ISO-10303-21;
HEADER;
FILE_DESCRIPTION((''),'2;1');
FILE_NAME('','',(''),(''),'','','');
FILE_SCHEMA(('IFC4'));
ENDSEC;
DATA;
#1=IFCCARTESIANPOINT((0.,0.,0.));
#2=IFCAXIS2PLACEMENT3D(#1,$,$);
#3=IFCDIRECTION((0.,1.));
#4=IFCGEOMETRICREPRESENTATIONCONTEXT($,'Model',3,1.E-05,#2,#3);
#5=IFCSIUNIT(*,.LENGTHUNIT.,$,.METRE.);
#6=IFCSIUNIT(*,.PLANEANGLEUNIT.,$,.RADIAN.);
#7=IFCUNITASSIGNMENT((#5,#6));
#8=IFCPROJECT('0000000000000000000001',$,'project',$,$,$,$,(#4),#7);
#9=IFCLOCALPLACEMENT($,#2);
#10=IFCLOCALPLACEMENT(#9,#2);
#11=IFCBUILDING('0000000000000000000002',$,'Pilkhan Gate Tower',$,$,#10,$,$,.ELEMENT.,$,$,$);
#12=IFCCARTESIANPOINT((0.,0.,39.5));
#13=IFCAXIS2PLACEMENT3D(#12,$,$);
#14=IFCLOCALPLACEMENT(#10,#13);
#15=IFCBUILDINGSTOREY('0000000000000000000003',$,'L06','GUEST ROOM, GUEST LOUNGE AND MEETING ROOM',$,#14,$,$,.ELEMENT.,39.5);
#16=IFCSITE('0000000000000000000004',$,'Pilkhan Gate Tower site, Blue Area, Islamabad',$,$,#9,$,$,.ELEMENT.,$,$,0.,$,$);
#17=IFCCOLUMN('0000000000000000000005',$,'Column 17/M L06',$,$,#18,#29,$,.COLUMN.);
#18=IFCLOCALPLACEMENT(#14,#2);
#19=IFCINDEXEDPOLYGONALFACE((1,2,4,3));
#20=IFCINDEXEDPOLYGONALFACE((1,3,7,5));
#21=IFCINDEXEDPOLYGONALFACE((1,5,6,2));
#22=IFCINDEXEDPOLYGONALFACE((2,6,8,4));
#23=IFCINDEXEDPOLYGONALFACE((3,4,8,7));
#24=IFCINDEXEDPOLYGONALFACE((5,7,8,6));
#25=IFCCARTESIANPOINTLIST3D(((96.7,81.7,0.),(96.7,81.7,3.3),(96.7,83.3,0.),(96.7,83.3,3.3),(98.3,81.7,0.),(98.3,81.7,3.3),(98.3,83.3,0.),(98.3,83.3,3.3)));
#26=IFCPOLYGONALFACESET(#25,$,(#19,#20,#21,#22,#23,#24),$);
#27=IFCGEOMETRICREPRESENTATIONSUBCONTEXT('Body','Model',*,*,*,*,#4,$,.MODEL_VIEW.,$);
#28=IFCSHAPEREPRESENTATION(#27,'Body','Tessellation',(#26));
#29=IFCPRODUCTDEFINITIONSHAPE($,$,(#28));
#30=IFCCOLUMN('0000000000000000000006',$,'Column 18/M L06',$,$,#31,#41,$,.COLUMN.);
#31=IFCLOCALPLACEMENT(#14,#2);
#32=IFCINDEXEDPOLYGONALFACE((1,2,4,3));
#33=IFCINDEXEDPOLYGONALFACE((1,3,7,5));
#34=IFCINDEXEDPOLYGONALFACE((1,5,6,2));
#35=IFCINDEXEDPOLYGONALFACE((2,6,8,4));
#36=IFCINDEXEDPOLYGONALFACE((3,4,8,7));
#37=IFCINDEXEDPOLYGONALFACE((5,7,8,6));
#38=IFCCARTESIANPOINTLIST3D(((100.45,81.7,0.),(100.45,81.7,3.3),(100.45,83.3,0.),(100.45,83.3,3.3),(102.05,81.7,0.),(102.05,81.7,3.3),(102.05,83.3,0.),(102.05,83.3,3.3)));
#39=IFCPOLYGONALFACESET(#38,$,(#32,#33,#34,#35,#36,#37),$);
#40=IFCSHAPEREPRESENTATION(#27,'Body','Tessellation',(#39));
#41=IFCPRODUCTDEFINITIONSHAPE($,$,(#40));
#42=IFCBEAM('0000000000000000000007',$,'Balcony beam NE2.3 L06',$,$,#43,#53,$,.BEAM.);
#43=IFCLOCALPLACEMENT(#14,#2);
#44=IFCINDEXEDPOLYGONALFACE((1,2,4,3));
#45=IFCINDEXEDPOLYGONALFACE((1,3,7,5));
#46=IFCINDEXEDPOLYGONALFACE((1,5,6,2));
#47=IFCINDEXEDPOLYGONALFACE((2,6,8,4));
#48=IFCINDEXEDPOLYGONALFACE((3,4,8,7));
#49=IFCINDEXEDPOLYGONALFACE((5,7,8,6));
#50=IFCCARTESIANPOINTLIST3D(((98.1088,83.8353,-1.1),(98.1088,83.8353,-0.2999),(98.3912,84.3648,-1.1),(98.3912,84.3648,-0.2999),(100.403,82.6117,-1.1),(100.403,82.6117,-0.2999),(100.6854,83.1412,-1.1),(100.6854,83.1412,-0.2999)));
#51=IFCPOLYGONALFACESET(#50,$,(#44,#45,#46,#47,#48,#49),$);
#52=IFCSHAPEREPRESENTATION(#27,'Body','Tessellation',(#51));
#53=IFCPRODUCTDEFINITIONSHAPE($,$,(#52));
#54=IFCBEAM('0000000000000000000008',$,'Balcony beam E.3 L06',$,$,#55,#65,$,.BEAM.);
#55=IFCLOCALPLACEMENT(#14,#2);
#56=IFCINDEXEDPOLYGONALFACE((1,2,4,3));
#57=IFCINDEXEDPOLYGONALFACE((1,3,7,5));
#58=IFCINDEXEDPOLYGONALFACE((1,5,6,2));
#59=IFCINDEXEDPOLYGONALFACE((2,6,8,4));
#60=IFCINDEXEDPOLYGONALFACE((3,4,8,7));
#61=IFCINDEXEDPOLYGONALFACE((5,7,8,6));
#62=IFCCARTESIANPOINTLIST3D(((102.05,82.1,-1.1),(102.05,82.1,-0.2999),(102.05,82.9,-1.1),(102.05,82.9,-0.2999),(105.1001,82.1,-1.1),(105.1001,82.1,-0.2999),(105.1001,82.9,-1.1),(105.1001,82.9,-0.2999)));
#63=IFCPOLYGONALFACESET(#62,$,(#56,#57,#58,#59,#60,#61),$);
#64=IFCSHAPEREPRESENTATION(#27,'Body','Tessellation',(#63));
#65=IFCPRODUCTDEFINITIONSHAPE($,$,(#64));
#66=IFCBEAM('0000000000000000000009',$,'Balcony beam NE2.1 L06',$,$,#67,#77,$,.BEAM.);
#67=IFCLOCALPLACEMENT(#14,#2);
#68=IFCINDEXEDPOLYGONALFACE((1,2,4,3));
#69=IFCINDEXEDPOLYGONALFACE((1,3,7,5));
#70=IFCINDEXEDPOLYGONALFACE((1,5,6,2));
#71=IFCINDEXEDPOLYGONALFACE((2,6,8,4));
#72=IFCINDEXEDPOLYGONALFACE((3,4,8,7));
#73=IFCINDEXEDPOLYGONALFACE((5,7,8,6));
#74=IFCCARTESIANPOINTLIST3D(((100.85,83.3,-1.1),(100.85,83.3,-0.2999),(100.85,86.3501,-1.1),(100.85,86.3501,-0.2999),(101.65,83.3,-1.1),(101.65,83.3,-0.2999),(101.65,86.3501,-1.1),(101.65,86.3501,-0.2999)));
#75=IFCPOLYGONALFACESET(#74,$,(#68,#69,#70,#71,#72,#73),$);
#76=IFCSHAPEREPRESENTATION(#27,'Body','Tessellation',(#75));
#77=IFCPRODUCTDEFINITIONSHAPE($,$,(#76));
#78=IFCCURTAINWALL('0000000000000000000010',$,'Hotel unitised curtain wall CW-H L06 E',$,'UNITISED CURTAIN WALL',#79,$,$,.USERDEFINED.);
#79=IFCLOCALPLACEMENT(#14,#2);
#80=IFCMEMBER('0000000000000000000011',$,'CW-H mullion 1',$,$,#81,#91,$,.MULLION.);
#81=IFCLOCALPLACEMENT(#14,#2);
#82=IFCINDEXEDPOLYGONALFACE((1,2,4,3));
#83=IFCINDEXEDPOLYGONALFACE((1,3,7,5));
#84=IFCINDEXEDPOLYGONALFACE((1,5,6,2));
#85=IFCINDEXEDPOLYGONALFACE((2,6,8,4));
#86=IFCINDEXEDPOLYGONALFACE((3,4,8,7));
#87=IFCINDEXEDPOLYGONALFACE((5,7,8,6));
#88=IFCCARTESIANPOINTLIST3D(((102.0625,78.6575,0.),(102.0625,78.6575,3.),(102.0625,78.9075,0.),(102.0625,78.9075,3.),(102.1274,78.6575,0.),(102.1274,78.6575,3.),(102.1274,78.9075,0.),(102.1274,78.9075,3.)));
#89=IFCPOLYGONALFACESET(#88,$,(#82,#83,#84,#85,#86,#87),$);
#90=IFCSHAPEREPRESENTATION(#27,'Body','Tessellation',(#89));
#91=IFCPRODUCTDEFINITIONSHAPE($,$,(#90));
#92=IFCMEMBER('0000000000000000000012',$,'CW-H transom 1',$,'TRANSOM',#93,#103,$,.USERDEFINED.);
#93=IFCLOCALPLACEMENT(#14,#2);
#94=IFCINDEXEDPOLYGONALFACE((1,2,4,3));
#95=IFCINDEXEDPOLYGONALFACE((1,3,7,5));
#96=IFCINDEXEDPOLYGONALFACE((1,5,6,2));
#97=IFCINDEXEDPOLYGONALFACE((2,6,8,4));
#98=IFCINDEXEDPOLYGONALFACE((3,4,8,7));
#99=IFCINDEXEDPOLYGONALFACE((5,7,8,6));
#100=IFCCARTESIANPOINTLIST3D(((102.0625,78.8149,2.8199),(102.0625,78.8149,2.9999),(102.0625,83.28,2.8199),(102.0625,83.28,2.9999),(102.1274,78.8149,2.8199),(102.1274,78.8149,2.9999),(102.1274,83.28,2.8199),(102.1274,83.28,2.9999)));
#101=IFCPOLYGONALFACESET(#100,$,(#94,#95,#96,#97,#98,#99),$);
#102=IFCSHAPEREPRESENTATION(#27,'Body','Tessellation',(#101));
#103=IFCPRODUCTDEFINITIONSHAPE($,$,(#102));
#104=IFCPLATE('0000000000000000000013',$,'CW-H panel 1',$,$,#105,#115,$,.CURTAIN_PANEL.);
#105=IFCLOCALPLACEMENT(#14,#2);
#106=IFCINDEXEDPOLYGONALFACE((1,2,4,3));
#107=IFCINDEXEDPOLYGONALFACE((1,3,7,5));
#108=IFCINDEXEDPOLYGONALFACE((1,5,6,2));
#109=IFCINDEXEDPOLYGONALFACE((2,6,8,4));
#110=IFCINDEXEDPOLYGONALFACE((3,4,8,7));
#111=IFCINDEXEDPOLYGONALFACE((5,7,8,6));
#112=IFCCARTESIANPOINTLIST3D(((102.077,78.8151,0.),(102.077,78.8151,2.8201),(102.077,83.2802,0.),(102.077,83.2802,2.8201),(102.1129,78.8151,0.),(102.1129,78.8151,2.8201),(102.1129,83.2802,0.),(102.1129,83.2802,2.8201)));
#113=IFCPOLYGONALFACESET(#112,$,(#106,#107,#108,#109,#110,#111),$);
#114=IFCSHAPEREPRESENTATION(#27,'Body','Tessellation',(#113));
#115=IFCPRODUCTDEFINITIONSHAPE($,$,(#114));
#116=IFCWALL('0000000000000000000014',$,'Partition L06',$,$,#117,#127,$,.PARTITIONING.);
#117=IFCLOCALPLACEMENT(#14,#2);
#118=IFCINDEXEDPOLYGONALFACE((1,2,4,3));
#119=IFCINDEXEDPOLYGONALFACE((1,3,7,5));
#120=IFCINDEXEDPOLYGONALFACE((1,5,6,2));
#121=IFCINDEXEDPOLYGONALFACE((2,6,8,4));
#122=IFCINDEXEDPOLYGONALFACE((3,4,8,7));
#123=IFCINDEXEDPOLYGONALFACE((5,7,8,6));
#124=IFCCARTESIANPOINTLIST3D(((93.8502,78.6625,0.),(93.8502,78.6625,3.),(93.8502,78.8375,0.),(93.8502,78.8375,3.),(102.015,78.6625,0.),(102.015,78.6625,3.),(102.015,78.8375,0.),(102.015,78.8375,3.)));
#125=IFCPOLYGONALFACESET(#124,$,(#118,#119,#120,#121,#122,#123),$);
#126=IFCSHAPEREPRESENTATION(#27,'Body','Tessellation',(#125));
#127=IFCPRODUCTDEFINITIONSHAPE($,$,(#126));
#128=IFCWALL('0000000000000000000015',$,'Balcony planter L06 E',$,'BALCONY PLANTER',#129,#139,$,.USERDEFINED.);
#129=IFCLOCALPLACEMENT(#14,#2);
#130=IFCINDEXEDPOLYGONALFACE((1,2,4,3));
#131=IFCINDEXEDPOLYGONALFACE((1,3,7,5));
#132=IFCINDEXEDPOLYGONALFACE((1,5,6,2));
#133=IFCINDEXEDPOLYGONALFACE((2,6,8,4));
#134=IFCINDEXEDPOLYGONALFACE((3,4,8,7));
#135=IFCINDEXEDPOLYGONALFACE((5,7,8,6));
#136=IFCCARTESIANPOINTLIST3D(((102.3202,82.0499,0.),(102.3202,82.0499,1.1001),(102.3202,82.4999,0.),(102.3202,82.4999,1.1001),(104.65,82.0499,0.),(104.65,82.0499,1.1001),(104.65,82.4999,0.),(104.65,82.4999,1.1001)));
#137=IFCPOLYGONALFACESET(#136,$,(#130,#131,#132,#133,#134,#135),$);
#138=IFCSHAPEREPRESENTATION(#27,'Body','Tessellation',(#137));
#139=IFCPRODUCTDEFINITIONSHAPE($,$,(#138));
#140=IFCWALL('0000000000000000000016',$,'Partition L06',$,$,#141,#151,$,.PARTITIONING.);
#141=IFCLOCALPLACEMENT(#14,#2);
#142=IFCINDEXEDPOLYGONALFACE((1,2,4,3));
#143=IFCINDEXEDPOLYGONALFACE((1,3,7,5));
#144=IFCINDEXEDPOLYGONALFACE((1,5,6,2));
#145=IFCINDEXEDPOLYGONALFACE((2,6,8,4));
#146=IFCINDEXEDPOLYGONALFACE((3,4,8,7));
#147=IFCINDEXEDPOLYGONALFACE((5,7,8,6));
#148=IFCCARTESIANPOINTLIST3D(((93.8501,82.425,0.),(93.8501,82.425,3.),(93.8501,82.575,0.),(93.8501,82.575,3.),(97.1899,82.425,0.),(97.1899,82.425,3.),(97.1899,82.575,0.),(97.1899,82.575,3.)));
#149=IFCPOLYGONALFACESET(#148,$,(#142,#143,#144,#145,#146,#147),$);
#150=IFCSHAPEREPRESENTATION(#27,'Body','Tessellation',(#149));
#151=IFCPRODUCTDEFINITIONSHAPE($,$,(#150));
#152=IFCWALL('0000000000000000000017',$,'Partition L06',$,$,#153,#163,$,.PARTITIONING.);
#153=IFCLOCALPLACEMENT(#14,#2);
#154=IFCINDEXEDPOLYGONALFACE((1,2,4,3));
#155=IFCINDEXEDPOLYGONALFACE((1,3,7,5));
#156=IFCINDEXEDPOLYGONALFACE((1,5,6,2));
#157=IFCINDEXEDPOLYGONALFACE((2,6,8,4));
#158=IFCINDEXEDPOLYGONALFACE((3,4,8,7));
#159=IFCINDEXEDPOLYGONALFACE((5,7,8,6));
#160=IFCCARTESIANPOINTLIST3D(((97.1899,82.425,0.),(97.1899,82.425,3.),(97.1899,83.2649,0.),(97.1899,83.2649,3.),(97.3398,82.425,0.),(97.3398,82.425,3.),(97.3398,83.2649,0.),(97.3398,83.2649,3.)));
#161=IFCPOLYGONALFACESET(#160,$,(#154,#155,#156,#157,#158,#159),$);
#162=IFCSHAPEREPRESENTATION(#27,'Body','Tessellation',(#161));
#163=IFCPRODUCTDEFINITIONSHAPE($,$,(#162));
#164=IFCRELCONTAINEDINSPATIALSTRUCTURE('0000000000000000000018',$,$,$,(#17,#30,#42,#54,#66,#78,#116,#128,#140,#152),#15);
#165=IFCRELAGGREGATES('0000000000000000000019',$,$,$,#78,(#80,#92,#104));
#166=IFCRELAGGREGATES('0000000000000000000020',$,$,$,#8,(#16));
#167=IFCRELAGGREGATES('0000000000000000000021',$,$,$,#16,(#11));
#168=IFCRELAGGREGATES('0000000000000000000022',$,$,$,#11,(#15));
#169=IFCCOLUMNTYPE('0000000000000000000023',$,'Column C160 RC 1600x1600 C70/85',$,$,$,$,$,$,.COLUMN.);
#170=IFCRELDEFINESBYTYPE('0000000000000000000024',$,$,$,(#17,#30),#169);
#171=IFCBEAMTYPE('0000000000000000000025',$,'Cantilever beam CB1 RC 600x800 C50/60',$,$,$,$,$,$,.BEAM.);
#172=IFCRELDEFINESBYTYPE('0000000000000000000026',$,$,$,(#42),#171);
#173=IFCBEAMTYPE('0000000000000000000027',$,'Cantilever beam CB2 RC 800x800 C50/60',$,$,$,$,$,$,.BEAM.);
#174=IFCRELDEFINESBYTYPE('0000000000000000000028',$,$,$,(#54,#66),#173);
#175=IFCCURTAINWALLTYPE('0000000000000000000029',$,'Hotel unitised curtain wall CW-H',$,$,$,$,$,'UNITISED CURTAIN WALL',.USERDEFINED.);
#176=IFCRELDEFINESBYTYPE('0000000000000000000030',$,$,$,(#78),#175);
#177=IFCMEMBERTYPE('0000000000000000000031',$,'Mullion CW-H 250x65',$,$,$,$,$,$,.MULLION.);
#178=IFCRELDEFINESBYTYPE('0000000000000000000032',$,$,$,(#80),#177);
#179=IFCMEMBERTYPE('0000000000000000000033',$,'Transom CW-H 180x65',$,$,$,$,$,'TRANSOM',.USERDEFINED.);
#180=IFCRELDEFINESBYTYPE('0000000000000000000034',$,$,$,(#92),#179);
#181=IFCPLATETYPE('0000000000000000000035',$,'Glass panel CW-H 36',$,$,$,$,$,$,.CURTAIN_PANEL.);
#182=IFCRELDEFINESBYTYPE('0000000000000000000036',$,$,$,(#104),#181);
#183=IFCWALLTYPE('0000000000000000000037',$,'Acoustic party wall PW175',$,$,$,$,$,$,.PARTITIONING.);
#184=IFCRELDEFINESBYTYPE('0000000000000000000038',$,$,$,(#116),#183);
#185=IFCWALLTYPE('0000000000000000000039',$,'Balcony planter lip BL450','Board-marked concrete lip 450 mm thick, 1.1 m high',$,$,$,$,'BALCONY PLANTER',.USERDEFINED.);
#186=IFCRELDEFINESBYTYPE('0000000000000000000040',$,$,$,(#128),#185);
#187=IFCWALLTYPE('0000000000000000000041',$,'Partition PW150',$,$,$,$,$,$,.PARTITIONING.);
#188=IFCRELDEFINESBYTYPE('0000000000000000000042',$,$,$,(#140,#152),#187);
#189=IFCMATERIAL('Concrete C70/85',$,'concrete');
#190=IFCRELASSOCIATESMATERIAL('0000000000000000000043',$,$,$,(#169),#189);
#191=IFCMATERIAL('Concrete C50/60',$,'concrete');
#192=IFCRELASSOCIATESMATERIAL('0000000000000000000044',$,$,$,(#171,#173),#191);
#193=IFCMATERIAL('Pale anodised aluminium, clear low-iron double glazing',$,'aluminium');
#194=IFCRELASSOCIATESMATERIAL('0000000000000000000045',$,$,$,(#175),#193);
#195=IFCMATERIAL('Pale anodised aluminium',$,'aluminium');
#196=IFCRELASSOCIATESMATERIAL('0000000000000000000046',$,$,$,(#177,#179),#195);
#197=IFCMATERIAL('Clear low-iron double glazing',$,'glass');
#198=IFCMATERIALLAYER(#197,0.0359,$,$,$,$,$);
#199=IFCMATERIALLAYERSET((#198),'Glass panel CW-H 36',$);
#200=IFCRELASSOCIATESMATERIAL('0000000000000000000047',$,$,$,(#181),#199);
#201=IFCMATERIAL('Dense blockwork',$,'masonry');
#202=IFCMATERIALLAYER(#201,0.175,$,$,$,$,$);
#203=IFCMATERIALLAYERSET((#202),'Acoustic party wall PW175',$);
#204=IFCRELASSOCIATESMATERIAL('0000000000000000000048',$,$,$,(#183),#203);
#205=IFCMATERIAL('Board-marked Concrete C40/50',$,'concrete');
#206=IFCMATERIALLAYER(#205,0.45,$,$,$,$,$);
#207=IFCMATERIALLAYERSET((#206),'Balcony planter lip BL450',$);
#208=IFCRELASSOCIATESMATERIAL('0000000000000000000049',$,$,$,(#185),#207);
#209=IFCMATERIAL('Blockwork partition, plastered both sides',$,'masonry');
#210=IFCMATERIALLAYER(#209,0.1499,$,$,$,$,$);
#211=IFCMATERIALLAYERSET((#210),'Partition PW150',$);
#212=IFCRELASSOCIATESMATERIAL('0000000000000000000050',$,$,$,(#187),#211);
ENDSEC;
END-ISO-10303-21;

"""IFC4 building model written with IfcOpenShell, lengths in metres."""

from ifc_helpers import new_model, si_unit, direction, frame, frame_2d, origin, origin_2d, place, context, subcontext, project, spatial, rectangle, extrude, material, layer, layer_set, material_profile, profile_set, type_object, element, aggregate, save


model = new_model("IFC4")

# Units and contexts
model_context = context("Model", 3, precision=1e-05, world=origin(), true_north=direction((0.0, 1.0)))
body_context = subcontext(model_context, "Body", "Model", "MODEL_VIEW")
ifc_project = project(units=[si_unit("LENGTHUNIT", "METRE"), si_unit("PLANEANGLEUNIT", "RADIAN")], contexts=[model_context])

# Site, building, storey
site_placement = place(None, origin())
site = spatial("IfcSite", under=ifc_project, at=site_placement, Name="Pilkhan Gate Tower site, Blue Area, Islamabad", CompositionType="ELEMENT", RefElevation=0.0)
building_placement = place(site_placement, origin())
building = spatial("IfcBuilding", under=site, at=building_placement, Name="Pilkhan Gate Tower", CompositionType="ELEMENT")
storey_placement = place(building_placement, frame((0.0, 0.0, 39.5)))
storey = spatial("IfcBuildingStorey", under=building, at=storey_placement, Name="L06", Description="GUEST ROOM, GUEST LOUNGE AND MEETING ROOM", CompositionType="ELEMENT", Elevation=39.5)

# Columns
ifc_material_1 = material(Name="Concrete C70/85", Category="concrete")
ifc_material_profile_1 = material_profile(ifc_material_1, rectangle(XDim=1.6001, YDim=1.6001, at=origin_2d()), Name="RC 1600x1600")
ifc_profile_set_1 = profile_set([ifc_material_profile_1], Name="Concrete C70/85")
column_type = type_object("IfcColumnType", Name="Column C160 RC 1600x1600 C70/85", PredefinedType="COLUMN", material=ifc_profile_set_1)
for number, where, z_axis, x_axis, name in (
    (1, (97.5, 82.5, 0.0), (0.0, 0.0, 1.0), (1.0, 0.0, 0.0), "Column 17/M L06"),
    (2, (101.25, 82.5, 0.0), (0.0, 0.0, 1.0), (1.0, 0.0, 0.0), "Column 18/M L06"),
):
    element("IfcColumn", number, at=place(storey_placement, frame(where, z_axis=z_axis, x_axis=x_axis)), inside=storey, type_object=column_type, Name=name, PredefinedType="COLUMN", context=body_context, shape_type="SweptSolid", body=[
        extrude(rectangle(XDim=1.6001, YDim=1.6001, at=origin_2d()), origin(), (0.0, 0.0, 1.0), 3.3),
    ])

# Beams
ifc_material_2 = material(Name="Concrete C50/60", Category="concrete")
ifc_material_profile_2 = material_profile(ifc_material_2, rectangle(XDim=0.6001, YDim=0.8, at=origin_2d()), Name="RC 600x800")
ifc_profile_set_2 = profile_set([ifc_material_profile_2], Name="Concrete C50/60")
beam_type_1 = type_object("IfcBeamType", Name="Cantilever beam CB1 RC 600x800 C50/60", PredefinedType="BEAM", material=ifc_profile_set_2)
beam_placement = place(storey_placement, frame((100.5442, 82.8765, -0.7), z_axis=(-0.882343, 0.470608, 0.0), x_axis=(-0.470608, -0.882343, 0.0)))
element("IfcBeam", 3, at=beam_placement, inside=storey, type_object=beam_type_1, Name="Balcony beam NE2.3 L06", PredefinedType="BEAM", context=body_context, shape_type="SweptSolid", body=[
    extrude(rectangle(XDim=0.6001, YDim=0.8, at=origin_2d()), origin(), (0.0, 0.0, 1.0), 2.6001),
])
ifc_material_profile_3 = material_profile(ifc_material_2, rectangle(XDim=0.8, YDim=0.8, at=origin_2d()), Name="RC 800x800")
ifc_profile_set_3 = profile_set([ifc_material_profile_3], Name="Concrete C50/60")
beam_type_2 = type_object("IfcBeamType", Name="Cantilever beam CB2 RC 800x800 C50/60", PredefinedType="BEAM", material=ifc_profile_set_3)
for number, where, z_axis, x_axis, name in (
    (4, (102.05, 82.5, -0.7), (1.0, 0.0, 0.0), (0.0, 1.0, 0.0), "Balcony beam E.3 L06"),
    (5, (101.25, 83.3, -0.7), (0.0, 1.0, 0.0), (-1.0, 0.0, 0.0), "Balcony beam NE2.1 L06"),
):
    element("IfcBeam", number, at=place(storey_placement, frame(where, z_axis=z_axis, x_axis=x_axis)), inside=storey, type_object=beam_type_2, Name=name, PredefinedType="BEAM", context=body_context, shape_type="SweptSolid", body=[
        extrude(rectangle(XDim=0.8, YDim=0.8, at=origin_2d()), origin(), (0.0, 0.0, 1.0), 3.05),
    ])

# Curtain wall, members, plate
ifc_material_3 = material(Name="Pale anodised aluminium, clear low-iron double glazing", Category="aluminium")
curtain_wall_type = type_object("IfcCurtainWallType", Name="Hotel unitised curtain wall CW-H", ElementType="UNITISED CURTAIN WALL", PredefinedType="USERDEFINED", material=ifc_material_3)
curtain_wall_placement = place(storey_placement, origin())
curtain_wall = element("IfcCurtainWall", 6, at=curtain_wall_placement, inside=storey, type_object=curtain_wall_type, Name="Hotel unitised curtain wall CW-H L06 E", ObjectType="UNITISED CURTAIN WALL", PredefinedType="USERDEFINED")
ifc_material_4 = material(Name="Pale anodised aluminium", Category="aluminium")
ifc_material_profile_4 = material_profile(ifc_material_4, rectangle(XDim=0.0649, YDim=0.25, at=origin_2d()), Name="Mullion 250x65")
ifc_profile_set_4 = profile_set([ifc_material_profile_4], Name="Pale anodised aluminium")
member_type_1 = type_object("IfcMemberType", Name="Mullion CW-H 250x65", PredefinedType="MULLION", material=ifc_profile_set_4)
member_1_placement = place(storey_placement, frame((102.095, 78.7825, 0.0), z_axis=(0.0, 0.0, 1.0), x_axis=(-1.0, 0.0, 0.0)))
member_1 = element("IfcMember", 7, at=member_1_placement, type_object=member_type_1, Name="CW-H mullion 1", PredefinedType="MULLION", context=body_context, shape_type="SweptSolid", body=[
    extrude(rectangle(XDim=0.0649, YDim=0.25, at=origin_2d()), origin(), (0.0, 0.0, 1.0), 3.0),
])
ifc_material_profile_5 = material_profile(ifc_material_4, rectangle(XDim=0.0649, YDim=0.1799, at=origin_2d()), Name="Transom 180x65")
ifc_profile_set_5 = profile_set([ifc_material_profile_5], Name="Pale anodised aluminium")
member_type_2 = type_object("IfcMemberType", Name="Transom CW-H 180x65", ElementType="TRANSOM", PredefinedType="USERDEFINED", material=ifc_profile_set_5)
member_2_placement = place(storey_placement, frame((102.095, 78.8149, 2.9099), z_axis=(0.0, 1.0, 0.0), x_axis=(-1.0, 0.0, 0.0)))
member_2 = element("IfcMember", 8, at=member_2_placement, type_object=member_type_2, Name="CW-H transom 1", ObjectType="TRANSOM", PredefinedType="USERDEFINED", context=body_context, shape_type="SweptSolid", body=[
    extrude(rectangle(XDim=0.0649, YDim=0.1799, at=origin_2d()), origin(), (0.0, 0.0, 1.0), 4.4651),
])
ifc_material_5 = material(Name="Clear low-iron double glazing", Category="glass")
ifc_layer_1 = layer(ifc_material_5, 0.0359)
ifc_layer_set_1 = layer_set([ifc_layer_1], Name="Glass panel CW-H 36")
plate_type = type_object("IfcPlateType", Name="Glass panel CW-H 36", PredefinedType="CURTAIN_PANEL", material=ifc_layer_set_1)
plate_placement = place(storey_placement, frame((102.095, 81.0476, 0.0), z_axis=(0.0, 0.0, 1.0), x_axis=(0.0, 1.0, 0.0)))
plate = element("IfcPlate", 9, at=plate_placement, type_object=plate_type, Name="CW-H panel 1", PredefinedType="CURTAIN_PANEL", context=body_context, shape_type="SweptSolid", body=[
    extrude(rectangle(XDim=4.4651, YDim=0.0359, at=origin_2d()), origin(), (0.0, 0.0, 1.0), 2.8201),
])
aggregate(curtain_wall, [member_1, member_2, plate])

# Walls
ifc_material_6 = material(Name="Dense blockwork", Category="masonry")
ifc_layer_2 = layer(ifc_material_6, 0.175)
ifc_layer_set_2 = layer_set([ifc_layer_2], Name="Acoustic party wall PW175")
wall_type_1 = type_object("IfcWallType", Name="Acoustic party wall PW175", PredefinedType="PARTITIONING", material=ifc_layer_set_2)
wall_1_placement = place(storey_placement, frame((93.8501, 78.75, 0.0), z_axis=(0.0, 0.0, 1.0), x_axis=(1.0, 0.0, 0.0)))
element("IfcWall", 10, at=wall_1_placement, inside=storey, type_object=wall_type_1, Name="Partition L06", PredefinedType="PARTITIONING", context=body_context, shape_type="SweptSolid", body=[
    extrude(rectangle(XDim=8.1648, YDim=0.175, at=frame_2d((4.0825, 0.0))), origin(), (0.0, 0.0, 1.0), 3.0),
])
ifc_material_7 = material(Name="Board-marked Concrete C40/50", Category="concrete")
ifc_layer_3 = layer(ifc_material_7, 0.45)
ifc_layer_set_3 = layer_set([ifc_layer_3], Name="Balcony planter lip BL450")
wall_type_2 = type_object("IfcWallType", Name="Balcony planter lip BL450", Description="Board-marked concrete lip 450 mm thick, 1.1 m high", ElementType="BALCONY PLANTER", PredefinedType="USERDEFINED", material=ifc_layer_set_3)
wall_2_placement = place(storey_placement, frame((102.3201, 82.2749, 0.0), z_axis=(0.0, 0.0, 1.0), x_axis=(1.0, 0.0, 0.0)))
element("IfcWall", 11, at=wall_2_placement, inside=storey, type_object=wall_type_2, Name="Balcony planter L06 E", ObjectType="BALCONY PLANTER", PredefinedType="USERDEFINED", context=body_context, shape_type="SweptSolid", body=[
    extrude(rectangle(XDim=2.3298, YDim=0.45, at=frame_2d((1.165, 0.0))), origin(), (0.0, 0.0, 1.0), 1.1001),
])
ifc_material_8 = material(Name="Blockwork partition, plastered both sides", Category="masonry")
ifc_layer_4 = layer(ifc_material_8, 0.1499)
ifc_layer_set_4 = layer_set([ifc_layer_4], Name="Partition PW150")
wall_type_3 = type_object("IfcWallType", Name="Partition PW150", PredefinedType="PARTITIONING", material=ifc_layer_set_4)
wall_3_placement = place(storey_placement, frame((93.8501, 82.5, 0.0), z_axis=(0.0, 0.0, 1.0), x_axis=(1.0, 0.0, 0.0)))
element("IfcWall", 12, at=wall_3_placement, inside=storey, type_object=wall_type_3, Name="Partition L06", PredefinedType="PARTITIONING", context=body_context, shape_type="SweptSolid", body=[
    extrude(rectangle(XDim=3.3398, YDim=0.1499, at=frame_2d((1.6699, 0.0))), origin(), (0.0, 0.0, 1.0), 3.0),
])
wall_4_placement = place(storey_placement, frame((97.2649, 82.425, 0.0), z_axis=(0.0, 0.0, 1.0), x_axis=(0.0, 1.0, 0.0)))
element("IfcWall", 13, at=wall_4_placement, inside=storey, type_object=wall_type_3, Name="Partition L06", PredefinedType="PARTITIONING", context=body_context, shape_type="SweptSolid", body=[
    extrude(rectangle(XDim=0.8398, YDim=0.1499, at=frame_2d((0.4199, 0.0))), origin(), (0.0, 0.0, 1.0), 3.0),
])

save(model, "model.ifc")
